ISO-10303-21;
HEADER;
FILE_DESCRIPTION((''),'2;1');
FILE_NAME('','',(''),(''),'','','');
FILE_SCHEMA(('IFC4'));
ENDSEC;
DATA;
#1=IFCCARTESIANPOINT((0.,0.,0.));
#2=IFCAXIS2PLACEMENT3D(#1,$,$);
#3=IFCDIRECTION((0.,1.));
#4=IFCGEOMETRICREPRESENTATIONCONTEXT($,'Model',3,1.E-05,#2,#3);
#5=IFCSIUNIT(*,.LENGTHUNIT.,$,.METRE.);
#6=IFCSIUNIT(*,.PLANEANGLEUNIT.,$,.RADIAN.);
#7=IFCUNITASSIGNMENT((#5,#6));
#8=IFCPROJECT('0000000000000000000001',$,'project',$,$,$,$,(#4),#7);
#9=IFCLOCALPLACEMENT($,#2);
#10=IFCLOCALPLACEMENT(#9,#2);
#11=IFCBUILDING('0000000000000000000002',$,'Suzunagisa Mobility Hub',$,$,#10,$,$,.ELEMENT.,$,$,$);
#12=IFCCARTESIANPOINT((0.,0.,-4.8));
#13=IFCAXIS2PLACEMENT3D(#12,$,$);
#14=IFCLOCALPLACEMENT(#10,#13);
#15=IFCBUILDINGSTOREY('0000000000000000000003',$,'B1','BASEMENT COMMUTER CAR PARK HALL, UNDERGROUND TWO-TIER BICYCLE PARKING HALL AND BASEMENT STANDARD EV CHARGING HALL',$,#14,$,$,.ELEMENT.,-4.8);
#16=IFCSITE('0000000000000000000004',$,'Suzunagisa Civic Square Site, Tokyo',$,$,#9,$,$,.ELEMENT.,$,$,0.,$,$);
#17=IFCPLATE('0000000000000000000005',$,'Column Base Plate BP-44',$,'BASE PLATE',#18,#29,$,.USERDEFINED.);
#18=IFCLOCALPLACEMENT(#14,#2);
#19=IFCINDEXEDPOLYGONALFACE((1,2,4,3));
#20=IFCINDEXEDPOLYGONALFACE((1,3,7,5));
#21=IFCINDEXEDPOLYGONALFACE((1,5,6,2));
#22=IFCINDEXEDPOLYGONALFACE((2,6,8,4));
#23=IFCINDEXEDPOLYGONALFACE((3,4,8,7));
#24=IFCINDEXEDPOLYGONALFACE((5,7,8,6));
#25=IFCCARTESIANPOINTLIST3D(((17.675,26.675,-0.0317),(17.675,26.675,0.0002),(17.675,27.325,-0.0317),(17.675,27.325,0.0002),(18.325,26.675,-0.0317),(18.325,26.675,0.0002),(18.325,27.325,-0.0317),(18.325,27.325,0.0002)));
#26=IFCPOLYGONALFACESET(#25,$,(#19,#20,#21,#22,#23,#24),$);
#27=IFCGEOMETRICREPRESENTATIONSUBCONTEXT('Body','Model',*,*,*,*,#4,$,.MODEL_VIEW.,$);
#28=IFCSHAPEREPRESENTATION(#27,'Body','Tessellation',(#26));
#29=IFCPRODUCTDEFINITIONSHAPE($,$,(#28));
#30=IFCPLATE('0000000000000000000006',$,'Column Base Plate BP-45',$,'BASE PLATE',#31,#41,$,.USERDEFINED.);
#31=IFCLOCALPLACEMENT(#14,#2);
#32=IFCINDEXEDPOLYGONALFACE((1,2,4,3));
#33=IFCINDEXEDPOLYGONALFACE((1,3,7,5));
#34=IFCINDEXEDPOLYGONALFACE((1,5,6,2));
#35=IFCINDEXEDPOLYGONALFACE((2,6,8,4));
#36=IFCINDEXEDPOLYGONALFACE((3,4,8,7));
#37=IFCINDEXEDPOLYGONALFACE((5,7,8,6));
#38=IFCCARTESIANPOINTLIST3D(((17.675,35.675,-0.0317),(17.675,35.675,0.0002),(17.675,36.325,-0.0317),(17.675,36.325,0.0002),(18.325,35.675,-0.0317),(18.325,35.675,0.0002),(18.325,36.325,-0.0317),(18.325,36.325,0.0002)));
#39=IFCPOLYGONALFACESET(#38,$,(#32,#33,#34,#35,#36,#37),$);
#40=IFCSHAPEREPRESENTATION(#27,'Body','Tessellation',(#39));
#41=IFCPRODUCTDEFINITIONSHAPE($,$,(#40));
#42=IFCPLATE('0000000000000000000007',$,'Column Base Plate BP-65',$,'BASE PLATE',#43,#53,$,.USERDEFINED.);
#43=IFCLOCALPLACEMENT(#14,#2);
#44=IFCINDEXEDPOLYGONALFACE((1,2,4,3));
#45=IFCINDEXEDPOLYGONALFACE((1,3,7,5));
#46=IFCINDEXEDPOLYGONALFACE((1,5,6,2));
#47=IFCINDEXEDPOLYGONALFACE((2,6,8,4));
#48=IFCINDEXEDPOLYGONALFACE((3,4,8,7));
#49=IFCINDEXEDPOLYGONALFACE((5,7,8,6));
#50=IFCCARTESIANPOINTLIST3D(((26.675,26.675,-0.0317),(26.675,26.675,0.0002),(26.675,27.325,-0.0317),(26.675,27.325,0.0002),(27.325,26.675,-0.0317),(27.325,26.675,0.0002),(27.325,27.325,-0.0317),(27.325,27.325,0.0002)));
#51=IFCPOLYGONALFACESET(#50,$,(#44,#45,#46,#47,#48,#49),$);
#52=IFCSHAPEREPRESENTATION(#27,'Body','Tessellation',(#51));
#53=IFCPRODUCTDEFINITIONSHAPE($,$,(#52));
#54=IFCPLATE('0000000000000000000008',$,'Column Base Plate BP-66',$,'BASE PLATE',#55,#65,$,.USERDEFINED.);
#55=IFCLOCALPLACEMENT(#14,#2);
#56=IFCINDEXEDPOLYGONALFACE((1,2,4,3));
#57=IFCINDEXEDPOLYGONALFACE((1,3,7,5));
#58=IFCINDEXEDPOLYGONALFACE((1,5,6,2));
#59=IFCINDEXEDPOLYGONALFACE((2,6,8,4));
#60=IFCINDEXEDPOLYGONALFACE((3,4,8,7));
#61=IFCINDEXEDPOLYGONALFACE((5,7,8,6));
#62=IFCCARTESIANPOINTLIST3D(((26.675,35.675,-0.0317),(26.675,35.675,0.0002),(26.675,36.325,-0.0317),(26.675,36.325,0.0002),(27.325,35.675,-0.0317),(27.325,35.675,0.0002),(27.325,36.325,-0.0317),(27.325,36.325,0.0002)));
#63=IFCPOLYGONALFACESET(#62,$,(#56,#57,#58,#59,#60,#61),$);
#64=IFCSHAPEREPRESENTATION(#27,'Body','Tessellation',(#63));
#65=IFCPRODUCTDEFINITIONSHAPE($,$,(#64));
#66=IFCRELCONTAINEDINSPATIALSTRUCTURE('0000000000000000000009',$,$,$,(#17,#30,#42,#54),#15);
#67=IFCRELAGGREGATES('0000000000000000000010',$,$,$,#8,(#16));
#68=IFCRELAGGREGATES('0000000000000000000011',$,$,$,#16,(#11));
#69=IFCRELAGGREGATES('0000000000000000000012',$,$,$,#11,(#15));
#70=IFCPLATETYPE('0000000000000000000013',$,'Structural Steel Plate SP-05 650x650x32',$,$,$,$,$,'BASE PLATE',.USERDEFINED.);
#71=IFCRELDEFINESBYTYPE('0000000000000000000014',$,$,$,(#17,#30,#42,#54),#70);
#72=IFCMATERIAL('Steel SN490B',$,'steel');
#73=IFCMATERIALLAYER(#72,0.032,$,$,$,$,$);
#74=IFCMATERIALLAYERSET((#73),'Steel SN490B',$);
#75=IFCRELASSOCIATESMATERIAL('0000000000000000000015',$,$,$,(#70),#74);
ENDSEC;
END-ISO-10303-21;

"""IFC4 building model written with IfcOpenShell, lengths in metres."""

from ifc_helpers import new_model, si_unit, direction, frame, origin, origin_2d, place, context, subcontext, project, spatial, rectangle, extrude, material, layer, layer_set, type_object, element, save


model = new_model("IFC4")

# Units and contexts
model_context = context("Model", 3, precision=1e-05, world=origin(), true_north=direction((0.0, 1.0)))
body_context = subcontext(model_context, "Body", "Model", "MODEL_VIEW")
ifc_project = project(units=[si_unit("LENGTHUNIT", "METRE"), si_unit("PLANEANGLEUNIT", "RADIAN")], contexts=[model_context])

# Site, building, storey
site_placement = place(None, origin())
site = spatial("IfcSite", under=ifc_project, at=site_placement, Name="Suzunagisa Civic Square Site, Tokyo", CompositionType="ELEMENT", RefElevation=0.0)
building_placement = place(site_placement, origin())
building = spatial("IfcBuilding", under=site, at=building_placement, Name="Suzunagisa Mobility Hub", CompositionType="ELEMENT")
storey_placement = place(building_placement, frame((0.0, 0.0, -4.8)))
storey = spatial("IfcBuildingStorey", under=building, at=storey_placement, Name="B1", Description="BASEMENT COMMUTER CAR PARK HALL, UNDERGROUND TWO-TIER BICYCLE PARKING HALL AND BASEMENT STANDARD EV CHARGING HALL", CompositionType="ELEMENT", Elevation=-4.8)

# Shared definitions
ifc_material_1 = material(Name="Steel SN490B", Category="steel")

# Plates
ifc_layer = layer(ifc_material_1, 0.032)
ifc_layer_set = layer_set([ifc_layer], Name="Steel SN490B")
plate_type = type_object("IfcPlateType", Name="Structural Steel Plate SP-05 650x650x32", ElementType="BASE PLATE", PredefinedType="USERDEFINED", material=ifc_layer_set)
for number, where, z_axis, x_axis, name in (
    (1, (18.0, 27.0, -0.0317), (0.0, 0.0, 1.0), (1.0, 0.0, 0.0), "Column Base Plate BP-44"),
    (2, (18.0, 36.0, -0.0317), (0.0, 0.0, 1.0), (1.0, 0.0, 0.0), "Column Base Plate BP-45"),
    (3, (27.0, 27.0, -0.0317), (0.0, 0.0, 1.0), (1.0, 0.0, 0.0), "Column Base Plate BP-65"),
    (4, (27.0, 36.0, -0.0317), (0.0, 0.0, 1.0), (1.0, 0.0, 0.0), "Column Base Plate BP-66"),
):
    element("IfcPlate", number, at=place(storey_placement, frame(where, z_axis=z_axis, x_axis=x_axis)), inside=storey, type_object=plate_type, Name=name, ObjectType="BASE PLATE", PredefinedType="USERDEFINED", context=body_context, shape_type="SweptSolid", body=[
        extrude(rectangle(XDim=0.6499, YDim=0.6499, at=origin_2d()), origin(), (0.0, 0.0, 1.0), 0.032),
    ])

save(model, "model.ifc")
